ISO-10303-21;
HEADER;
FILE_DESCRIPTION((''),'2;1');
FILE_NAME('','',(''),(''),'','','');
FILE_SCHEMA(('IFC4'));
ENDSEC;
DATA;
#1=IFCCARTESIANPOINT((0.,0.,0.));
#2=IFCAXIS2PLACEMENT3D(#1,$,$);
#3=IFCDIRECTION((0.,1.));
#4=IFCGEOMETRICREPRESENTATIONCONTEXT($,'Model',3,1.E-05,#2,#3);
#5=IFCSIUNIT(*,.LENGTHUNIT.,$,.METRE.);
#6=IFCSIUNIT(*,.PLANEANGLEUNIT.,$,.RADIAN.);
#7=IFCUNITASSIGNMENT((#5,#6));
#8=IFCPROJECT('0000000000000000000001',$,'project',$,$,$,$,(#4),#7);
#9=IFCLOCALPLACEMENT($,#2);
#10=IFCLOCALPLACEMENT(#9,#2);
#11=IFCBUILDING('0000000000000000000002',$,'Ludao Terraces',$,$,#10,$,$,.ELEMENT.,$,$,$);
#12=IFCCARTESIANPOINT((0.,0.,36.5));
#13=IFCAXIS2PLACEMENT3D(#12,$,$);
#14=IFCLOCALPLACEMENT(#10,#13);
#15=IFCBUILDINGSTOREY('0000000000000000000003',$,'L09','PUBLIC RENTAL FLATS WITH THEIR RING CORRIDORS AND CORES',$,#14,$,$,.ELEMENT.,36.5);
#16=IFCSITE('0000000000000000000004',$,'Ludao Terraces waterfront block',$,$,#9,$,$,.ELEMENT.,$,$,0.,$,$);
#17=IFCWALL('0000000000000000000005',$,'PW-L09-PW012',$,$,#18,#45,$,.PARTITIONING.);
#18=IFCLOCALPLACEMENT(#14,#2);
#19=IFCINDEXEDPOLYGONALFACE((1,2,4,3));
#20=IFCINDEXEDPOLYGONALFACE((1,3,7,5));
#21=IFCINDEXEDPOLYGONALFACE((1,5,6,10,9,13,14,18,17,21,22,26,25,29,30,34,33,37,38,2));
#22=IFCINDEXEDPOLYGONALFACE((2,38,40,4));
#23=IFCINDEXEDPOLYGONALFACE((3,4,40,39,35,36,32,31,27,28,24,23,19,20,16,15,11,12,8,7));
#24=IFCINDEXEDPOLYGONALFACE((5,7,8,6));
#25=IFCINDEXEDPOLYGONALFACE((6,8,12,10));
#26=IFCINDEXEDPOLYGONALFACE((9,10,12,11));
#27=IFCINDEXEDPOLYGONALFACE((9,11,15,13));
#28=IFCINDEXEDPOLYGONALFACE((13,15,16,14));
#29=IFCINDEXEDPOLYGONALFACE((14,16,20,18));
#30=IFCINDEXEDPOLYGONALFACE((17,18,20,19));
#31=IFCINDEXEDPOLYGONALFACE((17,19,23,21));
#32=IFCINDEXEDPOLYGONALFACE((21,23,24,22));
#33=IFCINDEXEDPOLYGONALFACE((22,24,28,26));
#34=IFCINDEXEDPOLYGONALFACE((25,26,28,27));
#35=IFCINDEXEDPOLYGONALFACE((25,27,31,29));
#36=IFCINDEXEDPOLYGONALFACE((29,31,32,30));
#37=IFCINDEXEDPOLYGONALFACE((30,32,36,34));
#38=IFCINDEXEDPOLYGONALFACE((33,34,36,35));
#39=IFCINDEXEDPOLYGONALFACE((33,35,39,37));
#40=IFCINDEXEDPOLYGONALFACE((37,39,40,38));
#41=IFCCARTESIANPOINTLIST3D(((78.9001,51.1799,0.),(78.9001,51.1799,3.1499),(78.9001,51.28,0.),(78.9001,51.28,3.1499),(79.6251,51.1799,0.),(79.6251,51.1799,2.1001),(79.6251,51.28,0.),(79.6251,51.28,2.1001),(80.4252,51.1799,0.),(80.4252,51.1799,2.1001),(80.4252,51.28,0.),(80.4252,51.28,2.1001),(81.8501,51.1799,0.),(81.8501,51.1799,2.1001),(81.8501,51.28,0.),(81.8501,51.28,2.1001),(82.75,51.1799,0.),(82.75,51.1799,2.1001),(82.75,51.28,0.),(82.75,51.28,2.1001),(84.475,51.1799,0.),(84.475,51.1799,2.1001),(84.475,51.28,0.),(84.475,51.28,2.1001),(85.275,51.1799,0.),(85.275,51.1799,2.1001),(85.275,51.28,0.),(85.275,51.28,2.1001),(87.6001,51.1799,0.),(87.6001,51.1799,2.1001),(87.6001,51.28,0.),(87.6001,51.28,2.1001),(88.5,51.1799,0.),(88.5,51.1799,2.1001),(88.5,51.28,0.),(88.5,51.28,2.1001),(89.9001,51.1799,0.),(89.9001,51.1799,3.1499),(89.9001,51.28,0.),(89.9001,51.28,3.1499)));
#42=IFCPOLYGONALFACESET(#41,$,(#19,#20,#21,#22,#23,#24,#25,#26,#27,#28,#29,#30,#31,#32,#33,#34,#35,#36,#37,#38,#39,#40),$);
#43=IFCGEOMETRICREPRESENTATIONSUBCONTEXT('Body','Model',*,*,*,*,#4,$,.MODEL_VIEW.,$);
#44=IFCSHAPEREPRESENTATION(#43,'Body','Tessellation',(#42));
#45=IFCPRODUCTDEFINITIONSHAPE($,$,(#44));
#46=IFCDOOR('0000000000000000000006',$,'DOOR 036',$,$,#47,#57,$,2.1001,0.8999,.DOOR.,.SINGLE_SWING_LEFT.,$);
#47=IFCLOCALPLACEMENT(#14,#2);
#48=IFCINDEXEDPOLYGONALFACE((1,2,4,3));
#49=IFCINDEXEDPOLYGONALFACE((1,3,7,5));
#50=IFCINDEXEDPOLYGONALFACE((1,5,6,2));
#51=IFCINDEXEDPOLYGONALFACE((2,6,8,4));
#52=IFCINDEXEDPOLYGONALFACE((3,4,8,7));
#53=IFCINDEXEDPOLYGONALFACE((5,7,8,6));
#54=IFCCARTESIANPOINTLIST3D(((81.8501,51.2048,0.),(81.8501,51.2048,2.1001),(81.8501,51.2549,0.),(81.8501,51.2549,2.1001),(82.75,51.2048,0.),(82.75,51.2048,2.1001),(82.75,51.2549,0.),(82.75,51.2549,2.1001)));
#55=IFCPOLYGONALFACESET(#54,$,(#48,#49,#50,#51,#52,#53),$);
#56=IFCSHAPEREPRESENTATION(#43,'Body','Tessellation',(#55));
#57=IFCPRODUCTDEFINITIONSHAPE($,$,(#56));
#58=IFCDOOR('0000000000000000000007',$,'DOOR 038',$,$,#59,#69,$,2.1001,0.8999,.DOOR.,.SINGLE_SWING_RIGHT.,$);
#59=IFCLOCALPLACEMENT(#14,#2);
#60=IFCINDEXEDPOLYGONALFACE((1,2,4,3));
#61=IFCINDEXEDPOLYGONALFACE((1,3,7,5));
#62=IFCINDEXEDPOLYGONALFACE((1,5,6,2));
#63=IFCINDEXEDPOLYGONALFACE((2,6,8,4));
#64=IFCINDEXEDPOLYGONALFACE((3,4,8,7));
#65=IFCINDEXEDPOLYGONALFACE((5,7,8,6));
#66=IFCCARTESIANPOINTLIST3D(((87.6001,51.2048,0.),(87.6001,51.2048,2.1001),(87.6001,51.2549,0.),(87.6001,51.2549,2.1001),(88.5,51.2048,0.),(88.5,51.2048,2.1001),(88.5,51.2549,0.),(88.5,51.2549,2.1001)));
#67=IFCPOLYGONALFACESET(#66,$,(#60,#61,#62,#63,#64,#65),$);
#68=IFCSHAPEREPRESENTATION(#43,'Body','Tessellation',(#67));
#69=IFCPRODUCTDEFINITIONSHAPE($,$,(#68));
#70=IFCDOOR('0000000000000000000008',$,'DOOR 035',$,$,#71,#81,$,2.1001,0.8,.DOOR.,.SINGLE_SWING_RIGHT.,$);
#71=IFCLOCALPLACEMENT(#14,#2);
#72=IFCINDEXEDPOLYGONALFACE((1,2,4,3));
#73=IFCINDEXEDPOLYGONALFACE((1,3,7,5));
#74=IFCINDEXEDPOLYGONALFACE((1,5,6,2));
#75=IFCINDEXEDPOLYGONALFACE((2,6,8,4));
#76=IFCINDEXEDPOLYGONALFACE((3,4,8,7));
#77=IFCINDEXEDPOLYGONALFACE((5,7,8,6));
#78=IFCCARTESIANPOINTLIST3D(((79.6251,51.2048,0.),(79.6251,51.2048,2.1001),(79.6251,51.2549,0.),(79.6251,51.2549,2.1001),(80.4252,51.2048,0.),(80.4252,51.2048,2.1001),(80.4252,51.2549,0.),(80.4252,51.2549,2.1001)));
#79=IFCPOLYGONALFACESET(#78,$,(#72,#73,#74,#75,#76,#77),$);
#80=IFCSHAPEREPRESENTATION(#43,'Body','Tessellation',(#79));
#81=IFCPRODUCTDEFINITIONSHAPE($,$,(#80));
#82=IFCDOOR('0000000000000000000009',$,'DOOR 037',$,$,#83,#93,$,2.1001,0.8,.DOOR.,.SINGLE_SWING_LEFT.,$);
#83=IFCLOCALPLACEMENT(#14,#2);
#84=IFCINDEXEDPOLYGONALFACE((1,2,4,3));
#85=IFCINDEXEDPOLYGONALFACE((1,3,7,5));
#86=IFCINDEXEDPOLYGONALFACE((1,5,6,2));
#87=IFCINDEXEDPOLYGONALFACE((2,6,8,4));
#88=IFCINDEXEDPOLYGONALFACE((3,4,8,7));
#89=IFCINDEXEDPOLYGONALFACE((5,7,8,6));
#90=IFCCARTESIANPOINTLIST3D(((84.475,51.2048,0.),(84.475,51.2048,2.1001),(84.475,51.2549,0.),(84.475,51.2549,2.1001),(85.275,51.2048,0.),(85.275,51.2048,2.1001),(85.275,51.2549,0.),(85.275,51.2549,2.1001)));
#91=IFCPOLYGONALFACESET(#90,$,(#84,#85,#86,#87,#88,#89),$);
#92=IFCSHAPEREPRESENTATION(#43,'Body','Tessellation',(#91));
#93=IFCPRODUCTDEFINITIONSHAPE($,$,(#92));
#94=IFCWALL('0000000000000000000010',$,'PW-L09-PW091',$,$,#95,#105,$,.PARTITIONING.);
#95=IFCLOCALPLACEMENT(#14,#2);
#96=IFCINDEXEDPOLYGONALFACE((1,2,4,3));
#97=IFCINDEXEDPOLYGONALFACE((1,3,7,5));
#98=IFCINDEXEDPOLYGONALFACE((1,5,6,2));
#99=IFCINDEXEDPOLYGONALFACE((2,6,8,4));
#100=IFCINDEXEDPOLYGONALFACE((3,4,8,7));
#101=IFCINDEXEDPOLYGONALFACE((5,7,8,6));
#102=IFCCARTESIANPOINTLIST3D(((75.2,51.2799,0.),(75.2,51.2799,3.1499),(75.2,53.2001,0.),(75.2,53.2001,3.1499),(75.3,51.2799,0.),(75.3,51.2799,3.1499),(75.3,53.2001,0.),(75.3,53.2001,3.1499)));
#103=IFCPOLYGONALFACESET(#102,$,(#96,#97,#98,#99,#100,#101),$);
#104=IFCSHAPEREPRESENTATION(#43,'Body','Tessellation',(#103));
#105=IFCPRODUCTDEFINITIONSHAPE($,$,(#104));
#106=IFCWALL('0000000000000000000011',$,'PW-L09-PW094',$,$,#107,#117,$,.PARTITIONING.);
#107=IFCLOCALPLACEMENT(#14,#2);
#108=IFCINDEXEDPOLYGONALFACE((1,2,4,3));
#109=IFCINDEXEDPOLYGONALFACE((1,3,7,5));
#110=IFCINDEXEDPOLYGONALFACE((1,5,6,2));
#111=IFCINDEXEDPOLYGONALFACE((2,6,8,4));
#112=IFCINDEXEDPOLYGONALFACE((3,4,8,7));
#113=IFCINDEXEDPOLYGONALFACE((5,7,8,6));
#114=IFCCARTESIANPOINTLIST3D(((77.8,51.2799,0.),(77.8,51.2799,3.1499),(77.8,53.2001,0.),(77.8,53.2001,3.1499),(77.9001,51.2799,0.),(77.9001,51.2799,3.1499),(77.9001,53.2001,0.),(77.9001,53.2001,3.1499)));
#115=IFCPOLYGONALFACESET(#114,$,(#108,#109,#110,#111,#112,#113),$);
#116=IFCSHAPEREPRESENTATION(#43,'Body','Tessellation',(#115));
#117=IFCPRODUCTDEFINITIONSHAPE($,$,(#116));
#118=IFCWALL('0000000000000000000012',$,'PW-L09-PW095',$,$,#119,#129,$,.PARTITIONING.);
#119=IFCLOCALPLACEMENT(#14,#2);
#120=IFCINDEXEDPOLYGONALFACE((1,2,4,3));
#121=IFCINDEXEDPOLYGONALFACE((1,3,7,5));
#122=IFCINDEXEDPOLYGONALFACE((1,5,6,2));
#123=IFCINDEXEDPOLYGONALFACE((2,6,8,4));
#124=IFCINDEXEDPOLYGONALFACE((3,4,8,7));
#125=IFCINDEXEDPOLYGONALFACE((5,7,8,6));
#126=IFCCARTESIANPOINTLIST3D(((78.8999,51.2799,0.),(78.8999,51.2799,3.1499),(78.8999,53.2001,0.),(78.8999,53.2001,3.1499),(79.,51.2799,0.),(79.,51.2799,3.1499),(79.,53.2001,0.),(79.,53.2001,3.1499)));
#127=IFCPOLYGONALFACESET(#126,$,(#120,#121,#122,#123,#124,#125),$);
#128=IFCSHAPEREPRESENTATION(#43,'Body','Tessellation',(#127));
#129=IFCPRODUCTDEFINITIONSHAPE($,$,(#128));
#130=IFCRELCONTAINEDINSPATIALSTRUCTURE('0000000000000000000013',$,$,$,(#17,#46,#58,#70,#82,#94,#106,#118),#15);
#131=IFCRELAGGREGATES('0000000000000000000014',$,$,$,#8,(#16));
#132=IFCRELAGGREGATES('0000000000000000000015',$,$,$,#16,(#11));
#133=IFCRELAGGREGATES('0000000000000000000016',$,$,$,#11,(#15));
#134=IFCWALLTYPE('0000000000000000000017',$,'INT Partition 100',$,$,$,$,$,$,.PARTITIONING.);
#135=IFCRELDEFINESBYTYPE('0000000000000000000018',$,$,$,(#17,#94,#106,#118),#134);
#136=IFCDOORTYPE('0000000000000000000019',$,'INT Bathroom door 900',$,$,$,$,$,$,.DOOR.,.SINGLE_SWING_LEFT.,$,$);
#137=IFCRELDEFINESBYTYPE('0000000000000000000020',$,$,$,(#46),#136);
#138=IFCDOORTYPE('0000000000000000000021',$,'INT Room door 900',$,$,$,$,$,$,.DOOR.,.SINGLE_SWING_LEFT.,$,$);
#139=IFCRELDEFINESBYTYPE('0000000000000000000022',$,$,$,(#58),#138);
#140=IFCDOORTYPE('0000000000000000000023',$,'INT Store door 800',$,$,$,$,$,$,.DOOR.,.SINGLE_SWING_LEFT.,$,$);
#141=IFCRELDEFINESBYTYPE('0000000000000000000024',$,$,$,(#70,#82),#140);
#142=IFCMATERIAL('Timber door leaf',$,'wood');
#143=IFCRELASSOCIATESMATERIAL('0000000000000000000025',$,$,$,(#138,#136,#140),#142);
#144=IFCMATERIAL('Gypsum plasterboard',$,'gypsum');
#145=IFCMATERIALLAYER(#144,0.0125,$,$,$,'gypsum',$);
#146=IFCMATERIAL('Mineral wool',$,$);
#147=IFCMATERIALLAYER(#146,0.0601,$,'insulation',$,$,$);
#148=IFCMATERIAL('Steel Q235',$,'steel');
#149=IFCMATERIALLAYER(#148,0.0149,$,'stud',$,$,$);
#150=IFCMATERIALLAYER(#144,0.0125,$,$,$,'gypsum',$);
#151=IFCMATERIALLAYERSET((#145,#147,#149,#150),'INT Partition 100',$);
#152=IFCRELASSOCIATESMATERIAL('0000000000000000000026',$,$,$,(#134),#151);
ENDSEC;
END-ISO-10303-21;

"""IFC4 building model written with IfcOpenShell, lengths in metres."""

from ifc_helpers import new_model, si_unit, direction, frame, frame_2d, origin, place, context, subcontext, project, spatial, rectangle, extrude, material, layer, layer_set, type_object, element, fill, save


model = new_model("IFC4")

# Units and contexts
model_context = context("Model", 3, precision=1e-05, world=origin(), true_north=direction((0.0, 1.0)))
body_context = subcontext(model_context, "Body", "Model", "MODEL_VIEW")
ifc_project = project(units=[si_unit("LENGTHUNIT", "METRE"), si_unit("PLANEANGLEUNIT", "RADIAN")], contexts=[model_context])

# Site, building, storey
site_placement = place(None, origin())
site = spatial("IfcSite", under=ifc_project, at=site_placement, Name="Ludao Terraces waterfront block", CompositionType="ELEMENT", RefElevation=0.0)
building_placement = place(site_placement, origin())
building = spatial("IfcBuilding", under=site, at=building_placement, Name="Ludao Terraces", CompositionType="ELEMENT")
storey_placement = place(building_placement, frame((0.0, 0.0, 36.5)))
storey = spatial("IfcBuildingStorey", under=building, at=storey_placement, Name="L09", Description="PUBLIC RENTAL FLATS WITH THEIR RING CORRIDORS AND CORES", CompositionType="ELEMENT", Elevation=36.5)

# Wall, openings, doors
ifc_material_1 = material(Name="Steel Q235", Category="steel")
ifc_material_2 = material(Name="Timber door leaf", Category="wood")
door_type_1 = type_object("IfcDoorType", Name="INT Room door 900", OperationType="SINGLE_SWING_LEFT", PredefinedType="DOOR", material=ifc_material_2)
ifc_material_3 = material(Name="Gypsum plasterboard", Category="gypsum")
ifc_layer_1 = layer(ifc_material_3, 0.0125, Category="gypsum")
ifc_material_4 = material(Name="Mineral wool")
ifc_layer_2 = layer(ifc_material_4, 0.0601, Name="insulation")
ifc_layer_3 = layer(ifc_material_1, 0.0149, Name="stud")
ifc_layer_4 = layer(ifc_material_3, 0.0125, Category="gypsum")
ifc_layer_set_1 = layer_set([ifc_layer_1, ifc_layer_2, ifc_layer_3, ifc_layer_4], Name="INT Partition 100")
wall_type_1 = type_object("IfcWallType", Name="INT Partition 100", PredefinedType="PARTITIONING", material=ifc_layer_set_1)
wall_1_placement = place(storey_placement, frame((78.9001, 51.23, 0.0), z_axis=(0.0, 0.0, 1.0), x_axis=(1.0, 0.0, 0.0)))
wall_1 = element("IfcWall", 1, at=wall_1_placement, inside=storey, type_object=wall_type_1, Name="PW-L09-PW012", PredefinedType="PARTITIONING", context=body_context, shape_type="SweptSolid", body=[
    extrude(rectangle(XDim=11.0, YDim=0.1001, at=frame_2d((5.5, 0.0))), origin(), (0.0, 0.0, 1.0), 3.1499),
])
opening_1_placement = place(wall_1_placement, frame((0.7251, 0.0, 0.0)))
opening_1 = element("IfcOpeningElement", 2, at=opening_1_placement, cuts=wall_1, PredefinedType="OPENING", context=body_context, shape_type="SweptSolid", body=[
    extrude(rectangle(XDim=0.8, YDim=2.1001, at=frame_2d((0.3999, 1.05))), frame((0.0, 0.0601, 0.0), z_axis=(0.0, -1.0, 0.0), x_axis=(1.0, 0.0, 0.0)), (0.0, 0.0, 1.0), 0.1201),
])
opening_2_placement = place(wall_1_placement, frame((2.95, 0.0, 0.0)))
opening_2 = element("IfcOpeningElement", 3, at=opening_2_placement, cuts=wall_1, PredefinedType="OPENING", context=body_context, shape_type="SweptSolid", body=[
    extrude(rectangle(XDim=0.8999, YDim=2.1001, at=frame_2d((0.45, 1.05))), frame((0.0, 0.0601, 0.0), z_axis=(0.0, -1.0, 0.0), x_axis=(1.0, 0.0, 0.0)), (0.0, 0.0, 1.0), 0.1201),
])
opening_3_placement = place(wall_1_placement, frame((5.575, 0.0, 0.0)))
opening_3 = element("IfcOpeningElement", 4, at=opening_3_placement, cuts=wall_1, PredefinedType="OPENING", context=body_context, shape_type="SweptSolid", body=[
    extrude(rectangle(XDim=0.8, YDim=2.1001, at=frame_2d((0.3999, 1.05))), frame((0.0, 0.0601, 0.0), z_axis=(0.0, -1.0, 0.0), x_axis=(1.0, 0.0, 0.0)), (0.0, 0.0, 1.0), 0.1201),
])
opening_4_placement = place(wall_1_placement, frame((8.7, 0.0, 0.0)))
opening_4 = element("IfcOpeningElement", 5, at=opening_4_placement, cuts=wall_1, PredefinedType="OPENING", context=body_context, shape_type="SweptSolid", body=[
    extrude(rectangle(XDim=0.8999, YDim=2.1001, at=frame_2d((0.45, 1.05))), frame((0.0, 0.0601, 0.0), z_axis=(0.0, -1.0, 0.0), x_axis=(1.0, 0.0, 0.0)), (0.0, 0.0, 1.0), 0.1201),
])
door_type_2 = type_object("IfcDoorType", Name="INT Bathroom door 900", OperationType="SINGLE_SWING_LEFT", PredefinedType="DOOR", material=ifc_material_2)
door_1_placement = place(opening_2_placement, origin())
door_1 = element("IfcDoor", 6, at=door_1_placement, inside=storey, type_object=door_type_2, Name="DOOR 036", OperationType="SINGLE_SWING_LEFT", OverallHeight=2.1001, OverallWidth=0.8999, PredefinedType="DOOR", context=body_context, shape_type="SweptSolid", body=[
    extrude(rectangle(XDim=0.8999, YDim=2.1001, at=frame_2d((0.45, 1.05))), frame((0.0, 0.0249, 0.0), z_axis=(0.0, -1.0, 0.0), x_axis=(1.0, 0.0, 0.0)), (0.0, 0.0, 1.0), 0.05),
])
fill(opening_2, door_1)
door_2_placement = place(opening_4_placement, origin())
door_2 = element("IfcDoor", 7, at=door_2_placement, inside=storey, type_object=door_type_1, Name="DOOR 038", OperationType="SINGLE_SWING_RIGHT", OverallHeight=2.1001, OverallWidth=0.8999, PredefinedType="DOOR", context=body_context, shape_type="SweptSolid", body=[
    extrude(rectangle(XDim=0.8999, YDim=2.1001, at=frame_2d((0.45, 1.05))), frame((0.0, 0.0249, 0.0), z_axis=(0.0, -1.0, 0.0), x_axis=(1.0, 0.0, 0.0)), (0.0, 0.0, 1.0), 0.05),
])
fill(opening_4, door_2)
door_type_3 = type_object("IfcDoorType", Name="INT Store door 800", OperationType="SINGLE_SWING_LEFT", PredefinedType="DOOR", material=ifc_material_2)
door_3_placement = place(opening_1_placement, origin())
door_3 = element("IfcDoor", 8, at=door_3_placement, inside=storey, type_object=door_type_3, Name="DOOR 035", OperationType="SINGLE_SWING_RIGHT", OverallHeight=2.1001, OverallWidth=0.8, PredefinedType="DOOR", context=body_context, shape_type="SweptSolid", body=[
    extrude(rectangle(XDim=0.8, YDim=2.1001, at=frame_2d((0.3999, 1.05))), frame((0.0, 0.0249, 0.0), z_axis=(0.0, -1.0, 0.0), x_axis=(1.0, 0.0, 0.0)), (0.0, 0.0, 1.0), 0.05),
])
fill(opening_1, door_3)
door_4_placement = place(opening_3_placement, origin())
door_4 = element("IfcDoor", 9, at=door_4_placement, inside=storey, type_object=door_type_3, Name="DOOR 037", OperationType="SINGLE_SWING_LEFT", OverallHeight=2.1001, OverallWidth=0.8, PredefinedType="DOOR", context=body_context, shape_type="SweptSolid", body=[
    extrude(rectangle(XDim=0.8, YDim=2.1001, at=frame_2d((0.3999, 1.05))), frame((0.0, 0.0249, 0.0), z_axis=(0.0, -1.0, 0.0), x_axis=(1.0, 0.0, 0.0)), (0.0, 0.0, 1.0), 0.05),
])
fill(opening_3, door_4)

# Walls
for number, where, z_axis, x_axis, name in (
    (10, (75.25, 51.28, 0.0), (0.0, 0.0, 1.0), (0.0, 1.0, 0.0), "PW-L09-PW091"),
    (11, (77.8501, 51.28, 0.0), (0.0, 0.0, 1.0), (0.0, 1.0, 0.0), "PW-L09-PW094"),
    (12, (78.95, 51.28, 0.0), (0.0, 0.0, 1.0), (0.0, 1.0, 0.0), "PW-L09-PW095"),
):
    element("IfcWall", number, at=place(storey_placement, frame(where, z_axis=z_axis, x_axis=x_axis)), inside=storey, type_object=wall_type_1, Name=name, PredefinedType="PARTITIONING", context=body_context, shape_type="SweptSolid", body=[
        extrude(rectangle(XDim=1.9202, YDim=0.1001, at=frame_2d((0.96, 0.0))), origin(), (0.0, 0.0, 1.0), 3.1499),
    ])

save(model, "model.ifc")
